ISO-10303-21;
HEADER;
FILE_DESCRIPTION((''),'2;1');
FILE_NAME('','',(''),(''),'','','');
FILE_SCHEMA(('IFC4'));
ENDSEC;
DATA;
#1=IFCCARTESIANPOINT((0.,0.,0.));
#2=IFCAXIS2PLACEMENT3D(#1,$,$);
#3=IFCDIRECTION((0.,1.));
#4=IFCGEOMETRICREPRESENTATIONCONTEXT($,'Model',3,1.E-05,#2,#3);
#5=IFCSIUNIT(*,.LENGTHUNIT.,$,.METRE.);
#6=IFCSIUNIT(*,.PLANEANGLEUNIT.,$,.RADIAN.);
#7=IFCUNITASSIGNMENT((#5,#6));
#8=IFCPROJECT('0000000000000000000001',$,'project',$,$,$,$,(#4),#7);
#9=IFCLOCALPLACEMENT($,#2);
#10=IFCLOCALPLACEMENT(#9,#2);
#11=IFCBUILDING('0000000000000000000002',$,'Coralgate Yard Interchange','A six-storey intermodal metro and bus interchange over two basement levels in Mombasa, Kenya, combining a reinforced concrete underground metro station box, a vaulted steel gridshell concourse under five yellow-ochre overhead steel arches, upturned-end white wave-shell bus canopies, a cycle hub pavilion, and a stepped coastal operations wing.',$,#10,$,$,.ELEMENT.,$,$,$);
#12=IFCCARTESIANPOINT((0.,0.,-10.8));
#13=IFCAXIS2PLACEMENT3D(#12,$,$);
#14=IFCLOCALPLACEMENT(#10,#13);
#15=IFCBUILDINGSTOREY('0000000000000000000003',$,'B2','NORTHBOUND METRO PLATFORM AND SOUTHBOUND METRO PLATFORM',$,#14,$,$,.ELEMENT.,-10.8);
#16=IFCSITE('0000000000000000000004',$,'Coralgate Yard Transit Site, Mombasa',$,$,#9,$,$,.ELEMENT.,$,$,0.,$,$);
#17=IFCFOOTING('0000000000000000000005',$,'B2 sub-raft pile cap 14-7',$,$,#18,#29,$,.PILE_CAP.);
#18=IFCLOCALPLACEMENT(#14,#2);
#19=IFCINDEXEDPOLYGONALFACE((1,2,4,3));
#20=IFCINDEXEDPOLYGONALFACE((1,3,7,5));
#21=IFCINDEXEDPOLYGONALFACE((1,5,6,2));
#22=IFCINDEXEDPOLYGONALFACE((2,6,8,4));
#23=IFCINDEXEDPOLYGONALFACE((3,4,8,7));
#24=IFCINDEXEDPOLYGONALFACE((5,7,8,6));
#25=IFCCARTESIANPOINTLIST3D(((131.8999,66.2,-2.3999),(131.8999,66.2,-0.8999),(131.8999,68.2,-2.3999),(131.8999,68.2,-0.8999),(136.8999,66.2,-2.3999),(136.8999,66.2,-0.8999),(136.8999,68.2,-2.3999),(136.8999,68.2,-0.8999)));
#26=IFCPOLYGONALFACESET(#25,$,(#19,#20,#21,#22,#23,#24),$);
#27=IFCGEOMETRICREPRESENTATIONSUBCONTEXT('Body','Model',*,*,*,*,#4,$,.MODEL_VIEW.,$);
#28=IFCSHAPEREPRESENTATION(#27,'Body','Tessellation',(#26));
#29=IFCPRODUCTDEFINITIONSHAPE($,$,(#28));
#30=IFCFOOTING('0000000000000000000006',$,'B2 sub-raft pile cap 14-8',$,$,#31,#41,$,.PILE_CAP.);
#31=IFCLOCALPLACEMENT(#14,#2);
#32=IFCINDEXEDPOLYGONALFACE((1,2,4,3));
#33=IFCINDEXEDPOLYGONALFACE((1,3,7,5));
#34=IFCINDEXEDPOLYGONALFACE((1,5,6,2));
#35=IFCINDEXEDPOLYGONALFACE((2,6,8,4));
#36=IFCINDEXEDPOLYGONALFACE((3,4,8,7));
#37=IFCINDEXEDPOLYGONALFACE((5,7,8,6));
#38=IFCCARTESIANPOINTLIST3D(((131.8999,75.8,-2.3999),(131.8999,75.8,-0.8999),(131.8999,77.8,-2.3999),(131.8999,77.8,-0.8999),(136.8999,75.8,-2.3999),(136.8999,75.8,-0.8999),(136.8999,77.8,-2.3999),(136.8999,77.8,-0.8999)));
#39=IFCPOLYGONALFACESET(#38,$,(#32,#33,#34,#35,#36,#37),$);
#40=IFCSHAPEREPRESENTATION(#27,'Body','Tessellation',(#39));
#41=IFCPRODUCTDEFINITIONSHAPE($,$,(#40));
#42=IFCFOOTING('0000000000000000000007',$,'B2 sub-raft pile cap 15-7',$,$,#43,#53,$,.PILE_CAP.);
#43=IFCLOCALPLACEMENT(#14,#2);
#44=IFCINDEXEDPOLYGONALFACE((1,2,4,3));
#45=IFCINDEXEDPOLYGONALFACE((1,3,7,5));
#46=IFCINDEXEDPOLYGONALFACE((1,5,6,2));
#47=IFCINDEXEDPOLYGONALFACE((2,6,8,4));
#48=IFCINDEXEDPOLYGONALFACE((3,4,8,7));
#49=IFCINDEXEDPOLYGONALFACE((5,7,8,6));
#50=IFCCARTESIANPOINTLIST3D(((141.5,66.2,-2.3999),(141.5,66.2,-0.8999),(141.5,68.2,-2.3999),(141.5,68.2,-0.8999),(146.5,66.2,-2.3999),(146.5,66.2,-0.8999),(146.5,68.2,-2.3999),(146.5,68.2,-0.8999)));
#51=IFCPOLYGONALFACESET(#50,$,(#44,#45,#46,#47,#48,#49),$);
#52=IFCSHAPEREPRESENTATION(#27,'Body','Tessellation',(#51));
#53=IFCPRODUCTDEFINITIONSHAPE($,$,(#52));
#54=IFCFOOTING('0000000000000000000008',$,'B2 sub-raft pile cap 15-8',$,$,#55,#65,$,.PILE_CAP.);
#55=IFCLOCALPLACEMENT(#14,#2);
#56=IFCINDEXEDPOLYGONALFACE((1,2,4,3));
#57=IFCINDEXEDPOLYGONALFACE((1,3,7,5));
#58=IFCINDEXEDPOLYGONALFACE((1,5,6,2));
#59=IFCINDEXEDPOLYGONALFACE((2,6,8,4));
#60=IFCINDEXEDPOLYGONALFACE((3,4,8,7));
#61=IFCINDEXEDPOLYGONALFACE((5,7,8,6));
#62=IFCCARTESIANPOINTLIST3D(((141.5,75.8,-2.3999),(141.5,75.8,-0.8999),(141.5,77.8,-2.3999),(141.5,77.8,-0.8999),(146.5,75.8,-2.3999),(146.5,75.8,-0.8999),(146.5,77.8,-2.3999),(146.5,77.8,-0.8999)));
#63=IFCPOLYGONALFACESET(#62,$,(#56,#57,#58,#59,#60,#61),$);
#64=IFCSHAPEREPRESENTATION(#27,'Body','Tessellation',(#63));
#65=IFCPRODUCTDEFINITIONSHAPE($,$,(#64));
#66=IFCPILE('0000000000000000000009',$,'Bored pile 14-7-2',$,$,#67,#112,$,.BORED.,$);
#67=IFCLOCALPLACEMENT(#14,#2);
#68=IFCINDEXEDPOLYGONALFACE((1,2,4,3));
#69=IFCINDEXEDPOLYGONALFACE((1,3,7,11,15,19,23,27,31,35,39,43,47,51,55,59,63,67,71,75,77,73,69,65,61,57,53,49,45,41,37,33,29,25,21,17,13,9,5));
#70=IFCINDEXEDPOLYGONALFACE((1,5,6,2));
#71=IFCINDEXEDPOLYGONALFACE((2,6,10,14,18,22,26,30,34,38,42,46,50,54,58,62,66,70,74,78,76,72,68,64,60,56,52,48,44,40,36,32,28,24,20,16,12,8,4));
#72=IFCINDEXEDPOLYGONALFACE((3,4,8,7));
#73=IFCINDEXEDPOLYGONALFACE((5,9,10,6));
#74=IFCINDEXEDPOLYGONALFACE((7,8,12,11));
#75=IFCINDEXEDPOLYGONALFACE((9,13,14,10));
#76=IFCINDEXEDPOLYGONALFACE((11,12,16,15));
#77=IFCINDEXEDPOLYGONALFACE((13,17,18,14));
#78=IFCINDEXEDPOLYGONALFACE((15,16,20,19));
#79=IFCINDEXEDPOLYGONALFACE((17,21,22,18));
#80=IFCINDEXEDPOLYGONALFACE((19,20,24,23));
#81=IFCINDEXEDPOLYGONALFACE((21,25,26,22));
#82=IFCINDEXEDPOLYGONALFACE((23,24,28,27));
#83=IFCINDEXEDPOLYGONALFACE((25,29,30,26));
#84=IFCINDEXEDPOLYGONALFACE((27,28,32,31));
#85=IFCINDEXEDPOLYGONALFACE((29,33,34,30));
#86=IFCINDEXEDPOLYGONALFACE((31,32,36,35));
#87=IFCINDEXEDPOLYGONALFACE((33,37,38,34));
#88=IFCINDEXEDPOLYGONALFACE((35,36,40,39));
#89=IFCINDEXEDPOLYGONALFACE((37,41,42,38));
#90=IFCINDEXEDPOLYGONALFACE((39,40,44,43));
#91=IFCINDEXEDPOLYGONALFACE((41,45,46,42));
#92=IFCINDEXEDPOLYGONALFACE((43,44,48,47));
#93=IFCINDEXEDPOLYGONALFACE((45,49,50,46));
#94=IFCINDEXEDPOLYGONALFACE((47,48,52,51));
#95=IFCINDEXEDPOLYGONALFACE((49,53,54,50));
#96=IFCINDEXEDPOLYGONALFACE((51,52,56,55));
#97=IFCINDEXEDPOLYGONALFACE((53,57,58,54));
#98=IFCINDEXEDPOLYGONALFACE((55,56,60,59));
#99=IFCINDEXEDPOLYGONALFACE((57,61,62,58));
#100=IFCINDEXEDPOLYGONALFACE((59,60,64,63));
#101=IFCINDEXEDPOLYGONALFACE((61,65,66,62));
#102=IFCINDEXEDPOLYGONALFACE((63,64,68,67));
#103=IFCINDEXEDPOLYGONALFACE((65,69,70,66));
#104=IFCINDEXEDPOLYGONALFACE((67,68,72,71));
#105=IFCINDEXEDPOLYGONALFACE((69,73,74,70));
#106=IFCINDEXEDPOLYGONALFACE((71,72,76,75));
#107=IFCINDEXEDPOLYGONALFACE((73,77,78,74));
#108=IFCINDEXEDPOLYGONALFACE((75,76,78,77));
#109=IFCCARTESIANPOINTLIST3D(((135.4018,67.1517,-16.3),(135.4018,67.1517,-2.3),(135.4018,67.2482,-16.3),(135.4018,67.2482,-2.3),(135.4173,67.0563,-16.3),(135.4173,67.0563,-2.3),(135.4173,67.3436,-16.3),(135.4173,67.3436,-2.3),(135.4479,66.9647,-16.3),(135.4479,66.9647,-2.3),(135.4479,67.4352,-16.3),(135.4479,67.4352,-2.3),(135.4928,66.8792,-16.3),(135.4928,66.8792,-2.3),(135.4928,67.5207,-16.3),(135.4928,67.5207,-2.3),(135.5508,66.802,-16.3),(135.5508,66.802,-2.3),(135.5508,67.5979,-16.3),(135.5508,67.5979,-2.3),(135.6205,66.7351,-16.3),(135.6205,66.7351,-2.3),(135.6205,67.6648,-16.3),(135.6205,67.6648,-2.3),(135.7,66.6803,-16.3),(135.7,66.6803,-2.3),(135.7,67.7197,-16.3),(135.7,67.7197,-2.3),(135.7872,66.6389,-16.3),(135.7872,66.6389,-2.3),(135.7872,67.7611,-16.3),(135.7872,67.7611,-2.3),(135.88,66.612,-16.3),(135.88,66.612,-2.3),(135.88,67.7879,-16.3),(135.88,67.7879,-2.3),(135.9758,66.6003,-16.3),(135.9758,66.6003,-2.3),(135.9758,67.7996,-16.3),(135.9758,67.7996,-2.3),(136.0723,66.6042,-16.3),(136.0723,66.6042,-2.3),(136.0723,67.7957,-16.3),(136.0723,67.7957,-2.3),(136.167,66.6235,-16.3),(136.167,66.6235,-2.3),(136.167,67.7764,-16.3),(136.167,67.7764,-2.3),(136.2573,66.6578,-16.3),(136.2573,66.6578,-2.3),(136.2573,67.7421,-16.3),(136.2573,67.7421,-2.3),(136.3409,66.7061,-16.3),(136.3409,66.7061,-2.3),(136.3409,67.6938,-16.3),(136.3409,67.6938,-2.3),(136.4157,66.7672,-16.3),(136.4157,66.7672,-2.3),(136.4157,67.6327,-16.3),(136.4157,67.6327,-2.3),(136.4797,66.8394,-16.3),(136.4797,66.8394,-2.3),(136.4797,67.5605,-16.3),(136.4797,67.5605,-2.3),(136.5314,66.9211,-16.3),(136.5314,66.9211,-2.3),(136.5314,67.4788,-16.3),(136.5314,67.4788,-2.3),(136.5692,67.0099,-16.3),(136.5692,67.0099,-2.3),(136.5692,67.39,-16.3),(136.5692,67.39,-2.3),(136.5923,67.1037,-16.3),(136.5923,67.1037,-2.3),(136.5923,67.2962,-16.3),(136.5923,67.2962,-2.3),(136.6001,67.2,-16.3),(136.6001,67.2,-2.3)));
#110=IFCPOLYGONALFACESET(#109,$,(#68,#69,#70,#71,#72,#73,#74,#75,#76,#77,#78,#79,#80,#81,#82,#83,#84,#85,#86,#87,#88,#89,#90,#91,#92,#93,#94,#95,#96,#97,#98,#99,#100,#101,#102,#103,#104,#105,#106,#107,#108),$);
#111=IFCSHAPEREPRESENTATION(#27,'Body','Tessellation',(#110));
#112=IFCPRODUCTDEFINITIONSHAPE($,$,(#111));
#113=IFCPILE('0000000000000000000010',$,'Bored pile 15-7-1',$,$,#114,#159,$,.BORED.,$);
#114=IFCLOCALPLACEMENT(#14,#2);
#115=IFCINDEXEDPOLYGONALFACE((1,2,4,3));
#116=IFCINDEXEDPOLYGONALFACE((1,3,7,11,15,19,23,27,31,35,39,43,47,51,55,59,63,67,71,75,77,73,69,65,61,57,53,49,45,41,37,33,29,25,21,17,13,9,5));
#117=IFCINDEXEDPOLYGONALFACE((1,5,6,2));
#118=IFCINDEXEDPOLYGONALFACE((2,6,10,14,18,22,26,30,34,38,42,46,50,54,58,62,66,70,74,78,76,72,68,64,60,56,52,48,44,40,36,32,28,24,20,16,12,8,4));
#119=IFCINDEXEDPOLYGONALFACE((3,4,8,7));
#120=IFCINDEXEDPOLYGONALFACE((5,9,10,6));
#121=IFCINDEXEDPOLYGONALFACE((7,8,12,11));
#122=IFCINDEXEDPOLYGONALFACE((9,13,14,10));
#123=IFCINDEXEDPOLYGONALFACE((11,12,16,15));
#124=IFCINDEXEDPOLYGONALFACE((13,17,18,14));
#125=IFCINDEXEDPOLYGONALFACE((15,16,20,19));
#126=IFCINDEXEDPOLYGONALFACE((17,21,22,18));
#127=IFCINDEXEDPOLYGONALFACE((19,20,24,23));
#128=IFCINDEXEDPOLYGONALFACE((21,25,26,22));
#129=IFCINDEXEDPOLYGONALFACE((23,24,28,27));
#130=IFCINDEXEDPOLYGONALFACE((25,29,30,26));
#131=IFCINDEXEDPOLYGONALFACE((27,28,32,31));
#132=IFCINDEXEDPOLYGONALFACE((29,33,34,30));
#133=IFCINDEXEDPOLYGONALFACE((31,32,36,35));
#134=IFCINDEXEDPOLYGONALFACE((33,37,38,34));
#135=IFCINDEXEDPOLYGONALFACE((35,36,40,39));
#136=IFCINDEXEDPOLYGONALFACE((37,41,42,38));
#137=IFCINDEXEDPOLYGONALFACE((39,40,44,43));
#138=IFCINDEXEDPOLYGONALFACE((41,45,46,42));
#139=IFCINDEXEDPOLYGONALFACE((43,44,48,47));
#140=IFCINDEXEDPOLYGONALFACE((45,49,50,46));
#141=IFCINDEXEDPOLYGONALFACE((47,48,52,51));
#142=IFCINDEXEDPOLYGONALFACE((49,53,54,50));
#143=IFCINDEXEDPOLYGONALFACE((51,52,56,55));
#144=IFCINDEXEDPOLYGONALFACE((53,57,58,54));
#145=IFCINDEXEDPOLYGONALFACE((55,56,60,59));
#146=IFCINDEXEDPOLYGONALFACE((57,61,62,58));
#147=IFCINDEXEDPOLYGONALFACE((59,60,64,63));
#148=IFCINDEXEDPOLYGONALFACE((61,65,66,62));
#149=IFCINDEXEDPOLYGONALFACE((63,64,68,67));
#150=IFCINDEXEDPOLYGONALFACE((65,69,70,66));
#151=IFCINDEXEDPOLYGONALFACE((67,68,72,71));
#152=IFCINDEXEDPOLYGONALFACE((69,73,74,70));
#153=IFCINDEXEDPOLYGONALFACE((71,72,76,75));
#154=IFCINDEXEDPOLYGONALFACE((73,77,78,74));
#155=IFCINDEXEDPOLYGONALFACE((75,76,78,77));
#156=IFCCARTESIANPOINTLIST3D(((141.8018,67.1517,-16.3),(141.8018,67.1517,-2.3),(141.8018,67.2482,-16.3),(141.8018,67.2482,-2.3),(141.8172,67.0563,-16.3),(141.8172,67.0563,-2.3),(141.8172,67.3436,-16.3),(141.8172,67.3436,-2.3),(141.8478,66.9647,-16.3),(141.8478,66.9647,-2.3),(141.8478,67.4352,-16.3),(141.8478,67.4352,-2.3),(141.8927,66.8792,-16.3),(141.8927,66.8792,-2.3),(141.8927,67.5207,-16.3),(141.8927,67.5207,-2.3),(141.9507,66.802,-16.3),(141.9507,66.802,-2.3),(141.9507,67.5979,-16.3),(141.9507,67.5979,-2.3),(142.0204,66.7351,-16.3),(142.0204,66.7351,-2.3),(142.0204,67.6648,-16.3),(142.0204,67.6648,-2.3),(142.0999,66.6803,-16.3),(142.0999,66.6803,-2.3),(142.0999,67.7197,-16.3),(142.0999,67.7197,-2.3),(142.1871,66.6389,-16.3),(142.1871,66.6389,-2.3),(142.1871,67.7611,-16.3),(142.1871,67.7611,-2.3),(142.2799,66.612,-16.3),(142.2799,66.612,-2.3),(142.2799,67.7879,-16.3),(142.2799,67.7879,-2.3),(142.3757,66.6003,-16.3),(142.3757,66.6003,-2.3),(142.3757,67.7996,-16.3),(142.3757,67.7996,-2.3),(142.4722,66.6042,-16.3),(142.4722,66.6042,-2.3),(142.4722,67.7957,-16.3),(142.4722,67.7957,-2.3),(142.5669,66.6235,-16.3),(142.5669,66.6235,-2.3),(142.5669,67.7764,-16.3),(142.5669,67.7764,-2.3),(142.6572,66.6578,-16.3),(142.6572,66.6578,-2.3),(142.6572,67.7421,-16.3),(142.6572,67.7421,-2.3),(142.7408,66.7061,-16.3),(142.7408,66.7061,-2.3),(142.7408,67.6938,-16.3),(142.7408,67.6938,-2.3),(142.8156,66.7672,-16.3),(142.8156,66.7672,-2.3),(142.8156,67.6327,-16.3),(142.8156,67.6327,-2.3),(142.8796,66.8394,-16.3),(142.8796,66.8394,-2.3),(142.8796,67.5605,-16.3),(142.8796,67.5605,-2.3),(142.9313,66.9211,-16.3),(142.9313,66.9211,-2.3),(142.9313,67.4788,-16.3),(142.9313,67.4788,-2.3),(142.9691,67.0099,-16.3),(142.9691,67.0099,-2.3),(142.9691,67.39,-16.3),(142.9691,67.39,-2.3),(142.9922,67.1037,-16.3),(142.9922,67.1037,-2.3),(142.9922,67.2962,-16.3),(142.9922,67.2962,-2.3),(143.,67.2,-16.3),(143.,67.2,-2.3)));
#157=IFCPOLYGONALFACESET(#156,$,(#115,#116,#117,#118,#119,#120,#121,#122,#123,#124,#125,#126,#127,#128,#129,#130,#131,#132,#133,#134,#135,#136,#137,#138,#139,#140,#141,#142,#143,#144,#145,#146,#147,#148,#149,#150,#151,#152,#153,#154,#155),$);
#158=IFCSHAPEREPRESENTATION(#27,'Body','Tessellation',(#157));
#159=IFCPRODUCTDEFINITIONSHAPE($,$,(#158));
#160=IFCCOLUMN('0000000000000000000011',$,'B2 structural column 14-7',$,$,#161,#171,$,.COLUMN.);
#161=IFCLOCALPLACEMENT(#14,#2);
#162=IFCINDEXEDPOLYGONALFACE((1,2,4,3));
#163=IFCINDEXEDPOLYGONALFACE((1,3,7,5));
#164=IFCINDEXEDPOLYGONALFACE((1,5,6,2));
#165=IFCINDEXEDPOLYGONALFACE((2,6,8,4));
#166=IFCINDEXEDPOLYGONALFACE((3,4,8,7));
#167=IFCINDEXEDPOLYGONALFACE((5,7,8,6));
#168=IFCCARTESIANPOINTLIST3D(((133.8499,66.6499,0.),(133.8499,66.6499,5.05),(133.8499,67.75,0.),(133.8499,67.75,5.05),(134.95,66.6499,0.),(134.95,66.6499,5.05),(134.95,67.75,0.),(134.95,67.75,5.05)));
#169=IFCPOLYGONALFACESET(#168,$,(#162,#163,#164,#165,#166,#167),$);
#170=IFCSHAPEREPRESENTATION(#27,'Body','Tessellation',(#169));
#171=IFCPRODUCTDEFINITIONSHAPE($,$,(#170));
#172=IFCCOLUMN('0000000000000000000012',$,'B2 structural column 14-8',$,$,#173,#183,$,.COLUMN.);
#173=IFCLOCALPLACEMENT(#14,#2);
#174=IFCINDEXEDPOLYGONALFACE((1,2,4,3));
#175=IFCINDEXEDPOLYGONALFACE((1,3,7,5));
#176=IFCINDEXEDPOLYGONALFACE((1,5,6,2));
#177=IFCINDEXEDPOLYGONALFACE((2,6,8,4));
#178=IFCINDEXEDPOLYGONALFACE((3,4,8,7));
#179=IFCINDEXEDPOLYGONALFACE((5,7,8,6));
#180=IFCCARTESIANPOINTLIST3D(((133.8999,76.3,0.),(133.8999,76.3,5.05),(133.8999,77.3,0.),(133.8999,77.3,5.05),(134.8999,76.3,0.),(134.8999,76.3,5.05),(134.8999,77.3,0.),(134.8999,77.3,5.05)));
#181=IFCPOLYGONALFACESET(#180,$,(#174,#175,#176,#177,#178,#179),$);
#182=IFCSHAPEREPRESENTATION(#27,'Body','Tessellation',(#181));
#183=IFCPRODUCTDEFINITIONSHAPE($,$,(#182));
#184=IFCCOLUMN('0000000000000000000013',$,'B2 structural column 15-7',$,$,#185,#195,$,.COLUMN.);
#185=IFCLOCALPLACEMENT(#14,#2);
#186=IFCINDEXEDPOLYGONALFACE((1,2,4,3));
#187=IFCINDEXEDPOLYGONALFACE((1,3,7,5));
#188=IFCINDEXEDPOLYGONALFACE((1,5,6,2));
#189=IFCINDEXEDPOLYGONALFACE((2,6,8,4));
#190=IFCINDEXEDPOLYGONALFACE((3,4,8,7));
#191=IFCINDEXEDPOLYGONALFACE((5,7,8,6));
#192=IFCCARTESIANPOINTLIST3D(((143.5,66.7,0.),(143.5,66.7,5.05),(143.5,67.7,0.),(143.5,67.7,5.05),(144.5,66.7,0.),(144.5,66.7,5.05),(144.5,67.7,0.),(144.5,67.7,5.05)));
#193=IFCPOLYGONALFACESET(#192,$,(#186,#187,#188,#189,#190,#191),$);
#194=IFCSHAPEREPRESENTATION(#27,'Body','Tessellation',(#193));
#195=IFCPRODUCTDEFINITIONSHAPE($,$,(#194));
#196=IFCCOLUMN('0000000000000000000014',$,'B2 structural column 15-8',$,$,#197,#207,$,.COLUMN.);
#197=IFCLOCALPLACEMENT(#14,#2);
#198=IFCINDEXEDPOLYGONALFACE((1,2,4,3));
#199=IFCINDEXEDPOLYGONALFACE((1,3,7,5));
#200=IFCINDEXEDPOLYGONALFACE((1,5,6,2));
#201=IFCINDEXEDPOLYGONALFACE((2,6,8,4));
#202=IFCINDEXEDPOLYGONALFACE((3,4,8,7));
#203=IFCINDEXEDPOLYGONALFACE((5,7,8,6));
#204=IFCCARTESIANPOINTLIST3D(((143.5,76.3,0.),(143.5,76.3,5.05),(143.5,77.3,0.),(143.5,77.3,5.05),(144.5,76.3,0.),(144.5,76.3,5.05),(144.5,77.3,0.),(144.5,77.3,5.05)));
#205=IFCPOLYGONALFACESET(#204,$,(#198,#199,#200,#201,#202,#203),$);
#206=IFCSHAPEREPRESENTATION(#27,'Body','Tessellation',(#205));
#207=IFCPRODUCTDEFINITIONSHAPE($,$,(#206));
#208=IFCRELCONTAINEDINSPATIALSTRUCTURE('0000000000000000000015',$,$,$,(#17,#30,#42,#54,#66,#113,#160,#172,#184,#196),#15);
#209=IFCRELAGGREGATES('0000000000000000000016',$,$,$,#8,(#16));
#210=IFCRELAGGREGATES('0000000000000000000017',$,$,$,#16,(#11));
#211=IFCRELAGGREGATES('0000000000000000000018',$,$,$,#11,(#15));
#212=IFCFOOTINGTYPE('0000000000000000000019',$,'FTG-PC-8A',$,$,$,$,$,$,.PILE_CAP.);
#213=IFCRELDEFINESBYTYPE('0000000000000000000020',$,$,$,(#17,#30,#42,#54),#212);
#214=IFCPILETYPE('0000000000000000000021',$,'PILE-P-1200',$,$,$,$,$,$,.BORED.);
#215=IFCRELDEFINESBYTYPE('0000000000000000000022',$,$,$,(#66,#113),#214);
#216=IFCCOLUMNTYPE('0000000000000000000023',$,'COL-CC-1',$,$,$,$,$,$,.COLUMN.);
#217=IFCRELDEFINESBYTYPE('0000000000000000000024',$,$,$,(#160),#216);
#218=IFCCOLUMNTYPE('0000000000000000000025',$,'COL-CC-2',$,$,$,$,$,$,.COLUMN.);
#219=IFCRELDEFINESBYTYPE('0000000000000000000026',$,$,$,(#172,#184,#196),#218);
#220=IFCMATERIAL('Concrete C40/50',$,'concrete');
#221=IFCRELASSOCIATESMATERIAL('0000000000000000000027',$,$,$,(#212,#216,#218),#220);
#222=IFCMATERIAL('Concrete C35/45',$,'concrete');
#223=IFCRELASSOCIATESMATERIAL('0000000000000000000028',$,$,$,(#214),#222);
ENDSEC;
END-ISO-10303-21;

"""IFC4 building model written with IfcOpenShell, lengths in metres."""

from ifc_helpers import new_model, si_unit, direction, frame, origin, origin_2d, place, context, subcontext, project, spatial, rectangle, circle, extrude, material, material_profile, profile_set, type_object, element, save


model = new_model("IFC4")

# Units and contexts
model_context = context("Model", 3, precision=1e-05, world=origin(), true_north=direction((0.0, 1.0)))
body_context = subcontext(model_context, "Body", "Model", "MODEL_VIEW")
ifc_project = project(units=[si_unit("LENGTHUNIT", "METRE"), si_unit("PLANEANGLEUNIT", "RADIAN")], contexts=[model_context])

# Site, building, storey
site_placement = place(None, origin())
site = spatial("IfcSite", under=ifc_project, at=site_placement, Name="Coralgate Yard Transit Site, Mombasa", CompositionType="ELEMENT", RefElevation=0.0)
building_placement = place(site_placement, origin())
building = spatial("IfcBuilding", under=site, at=building_placement, Name="Coralgate Yard Interchange", Description="A six-storey intermodal metro and bus interchange over two basement levels in Mombasa, Kenya, combining a reinforced concrete underground metro station box, a vaulted steel gridshell concourse under five yellow-ochre overhead steel arches, upturned-end white wave-shell bus canopies, a cycle hub pavilion, and a stepped coastal operations wing.", CompositionType="ELEMENT")
storey_placement = place(building_placement, frame((0.0, 0.0, -10.8)))
storey = spatial("IfcBuildingStorey", under=building, at=storey_placement, Name="B2", Description="NORTHBOUND METRO PLATFORM AND SOUTHBOUND METRO PLATFORM", CompositionType="ELEMENT", Elevation=-10.8)

# Footings
ifc_material_1 = material(Name="Concrete C40/50", Category="concrete")
footing_type = type_object("IfcFootingType", Name="FTG-PC-8A", PredefinedType="PILE_CAP", material=ifc_material_1)
for number, where, z_axis, x_axis, name in (
    (1, (134.3999, 67.2, -2.3999), (0.0, 0.0, 1.0), (1.0, 0.0, 0.0), "B2 sub-raft pile cap 14-7"),
    (2, (134.3999, 76.8, -2.3999), (0.0, 0.0, 1.0), (1.0, 0.0, 0.0), "B2 sub-raft pile cap 14-8"),
    (3, (144.0, 67.2, -2.3999), (0.0, 0.0, 1.0), (1.0, 0.0, 0.0), "B2 sub-raft pile cap 15-7"),
    (4, (144.0, 76.8, -2.3999), (0.0, 0.0, 1.0), (1.0, 0.0, 0.0), "B2 sub-raft pile cap 15-8"),
):
    element("IfcFooting", number, at=place(storey_placement, frame(where, z_axis=z_axis, x_axis=x_axis)), inside=storey, type_object=footing_type, Name=name, PredefinedType="PILE_CAP", context=body_context, shape_type="SweptSolid", body=[
        extrude(rectangle(XDim=5.0, YDim=2.0, at=origin_2d()), origin(), (0.0, 0.0, 1.0), 1.5),
    ])

# Piles
ifc_material_2 = material(Name="Concrete C35/45", Category="concrete")
ifc_material_profile_1 = material_profile(ifc_material_2, circle(Radius=0.6001, at=origin_2d()), Name="BORED PILE D1200")
ifc_profile_set_1 = profile_set([ifc_material_profile_1], Name="Concrete C35/45")
pile_type = type_object("IfcPileType", Name="PILE-P-1200", PredefinedType="BORED", material=ifc_profile_set_1)
for number, where, z_axis, x_axis, name in (
    (5, (136.0, 67.2, -2.3), (0.0, 0.0, -1.0), (1.0, 0.0, 0.0), "Bored pile 14-7-2"),
    (6, (142.3999, 67.2, -2.3), (0.0, 0.0, -1.0), (1.0, 0.0, 0.0), "Bored pile 15-7-1"),
):
    element("IfcPile", number, at=place(storey_placement, frame(where, z_axis=z_axis, x_axis=x_axis)), inside=storey, type_object=pile_type, Name=name, PredefinedType="BORED", context=body_context, shape_type="SweptSolid", body=[
        extrude(circle(Radius=0.6001, at=origin_2d()), origin(), (0.0, 0.0, 1.0), 14.0),
    ])

# Columns
ifc_material_profile_2 = material_profile(ifc_material_1, rectangle(XDim=1.1001, YDim=1.1001, at=origin_2d()), Name="RC 1100x1100")
ifc_profile_set_2 = profile_set([ifc_material_profile_2], Name="Concrete C40/50")
column_type_1 = type_object("IfcColumnType", Name="COL-CC-1", PredefinedType="COLUMN", material=ifc_profile_set_2)
column_placement = place(storey_placement, frame((134.3999, 67.2, 0.0), z_axis=(0.0, 0.0, 1.0), x_axis=(1.0, 0.0, 0.0)))
element("IfcColumn", 7, at=column_placement, inside=storey, type_object=column_type_1, Name="B2 structural column 14-7", PredefinedType="COLUMN", context=body_context, shape_type="SweptSolid", body=[
    extrude(rectangle(XDim=1.1001, YDim=1.1001, at=origin_2d()), origin(), (0.0, 0.0, 1.0), 5.05),
])
ifc_material_profile_3 = material_profile(ifc_material_1, rectangle(XDim=1.0, YDim=1.0, at=origin_2d()), Name="RC 1000x1000")
ifc_profile_set_3 = profile_set([ifc_material_profile_3], Name="Concrete C40/50")
column_type_2 = type_object("IfcColumnType", Name="COL-CC-2", PredefinedType="COLUMN", material=ifc_profile_set_3)
for number, where, z_axis, x_axis, name in (
    (8, (134.3999, 76.8, 0.0), (0.0, 0.0, 1.0), (1.0, 0.0, 0.0), "B2 structural column 14-8"),
    (9, (144.0, 67.2, 0.0), (0.0, 0.0, 1.0), (1.0, 0.0, 0.0), "B2 structural column 15-7"),
    (10, (144.0, 76.8, 0.0), (0.0, 0.0, 1.0), (1.0, 0.0, 0.0), "B2 structural column 15-8"),
):
    element("IfcColumn", number, at=place(storey_placement, frame(where, z_axis=z_axis, x_axis=x_axis)), inside=storey, type_object=column_type_2, Name=name, PredefinedType="COLUMN", context=body_context, shape_type="SweptSolid", body=[
        extrude(rectangle(XDim=1.0, YDim=1.0, at=origin_2d()), origin(), (0.0, 0.0, 1.0), 5.05),
    ])

save(model, "model.ifc")
